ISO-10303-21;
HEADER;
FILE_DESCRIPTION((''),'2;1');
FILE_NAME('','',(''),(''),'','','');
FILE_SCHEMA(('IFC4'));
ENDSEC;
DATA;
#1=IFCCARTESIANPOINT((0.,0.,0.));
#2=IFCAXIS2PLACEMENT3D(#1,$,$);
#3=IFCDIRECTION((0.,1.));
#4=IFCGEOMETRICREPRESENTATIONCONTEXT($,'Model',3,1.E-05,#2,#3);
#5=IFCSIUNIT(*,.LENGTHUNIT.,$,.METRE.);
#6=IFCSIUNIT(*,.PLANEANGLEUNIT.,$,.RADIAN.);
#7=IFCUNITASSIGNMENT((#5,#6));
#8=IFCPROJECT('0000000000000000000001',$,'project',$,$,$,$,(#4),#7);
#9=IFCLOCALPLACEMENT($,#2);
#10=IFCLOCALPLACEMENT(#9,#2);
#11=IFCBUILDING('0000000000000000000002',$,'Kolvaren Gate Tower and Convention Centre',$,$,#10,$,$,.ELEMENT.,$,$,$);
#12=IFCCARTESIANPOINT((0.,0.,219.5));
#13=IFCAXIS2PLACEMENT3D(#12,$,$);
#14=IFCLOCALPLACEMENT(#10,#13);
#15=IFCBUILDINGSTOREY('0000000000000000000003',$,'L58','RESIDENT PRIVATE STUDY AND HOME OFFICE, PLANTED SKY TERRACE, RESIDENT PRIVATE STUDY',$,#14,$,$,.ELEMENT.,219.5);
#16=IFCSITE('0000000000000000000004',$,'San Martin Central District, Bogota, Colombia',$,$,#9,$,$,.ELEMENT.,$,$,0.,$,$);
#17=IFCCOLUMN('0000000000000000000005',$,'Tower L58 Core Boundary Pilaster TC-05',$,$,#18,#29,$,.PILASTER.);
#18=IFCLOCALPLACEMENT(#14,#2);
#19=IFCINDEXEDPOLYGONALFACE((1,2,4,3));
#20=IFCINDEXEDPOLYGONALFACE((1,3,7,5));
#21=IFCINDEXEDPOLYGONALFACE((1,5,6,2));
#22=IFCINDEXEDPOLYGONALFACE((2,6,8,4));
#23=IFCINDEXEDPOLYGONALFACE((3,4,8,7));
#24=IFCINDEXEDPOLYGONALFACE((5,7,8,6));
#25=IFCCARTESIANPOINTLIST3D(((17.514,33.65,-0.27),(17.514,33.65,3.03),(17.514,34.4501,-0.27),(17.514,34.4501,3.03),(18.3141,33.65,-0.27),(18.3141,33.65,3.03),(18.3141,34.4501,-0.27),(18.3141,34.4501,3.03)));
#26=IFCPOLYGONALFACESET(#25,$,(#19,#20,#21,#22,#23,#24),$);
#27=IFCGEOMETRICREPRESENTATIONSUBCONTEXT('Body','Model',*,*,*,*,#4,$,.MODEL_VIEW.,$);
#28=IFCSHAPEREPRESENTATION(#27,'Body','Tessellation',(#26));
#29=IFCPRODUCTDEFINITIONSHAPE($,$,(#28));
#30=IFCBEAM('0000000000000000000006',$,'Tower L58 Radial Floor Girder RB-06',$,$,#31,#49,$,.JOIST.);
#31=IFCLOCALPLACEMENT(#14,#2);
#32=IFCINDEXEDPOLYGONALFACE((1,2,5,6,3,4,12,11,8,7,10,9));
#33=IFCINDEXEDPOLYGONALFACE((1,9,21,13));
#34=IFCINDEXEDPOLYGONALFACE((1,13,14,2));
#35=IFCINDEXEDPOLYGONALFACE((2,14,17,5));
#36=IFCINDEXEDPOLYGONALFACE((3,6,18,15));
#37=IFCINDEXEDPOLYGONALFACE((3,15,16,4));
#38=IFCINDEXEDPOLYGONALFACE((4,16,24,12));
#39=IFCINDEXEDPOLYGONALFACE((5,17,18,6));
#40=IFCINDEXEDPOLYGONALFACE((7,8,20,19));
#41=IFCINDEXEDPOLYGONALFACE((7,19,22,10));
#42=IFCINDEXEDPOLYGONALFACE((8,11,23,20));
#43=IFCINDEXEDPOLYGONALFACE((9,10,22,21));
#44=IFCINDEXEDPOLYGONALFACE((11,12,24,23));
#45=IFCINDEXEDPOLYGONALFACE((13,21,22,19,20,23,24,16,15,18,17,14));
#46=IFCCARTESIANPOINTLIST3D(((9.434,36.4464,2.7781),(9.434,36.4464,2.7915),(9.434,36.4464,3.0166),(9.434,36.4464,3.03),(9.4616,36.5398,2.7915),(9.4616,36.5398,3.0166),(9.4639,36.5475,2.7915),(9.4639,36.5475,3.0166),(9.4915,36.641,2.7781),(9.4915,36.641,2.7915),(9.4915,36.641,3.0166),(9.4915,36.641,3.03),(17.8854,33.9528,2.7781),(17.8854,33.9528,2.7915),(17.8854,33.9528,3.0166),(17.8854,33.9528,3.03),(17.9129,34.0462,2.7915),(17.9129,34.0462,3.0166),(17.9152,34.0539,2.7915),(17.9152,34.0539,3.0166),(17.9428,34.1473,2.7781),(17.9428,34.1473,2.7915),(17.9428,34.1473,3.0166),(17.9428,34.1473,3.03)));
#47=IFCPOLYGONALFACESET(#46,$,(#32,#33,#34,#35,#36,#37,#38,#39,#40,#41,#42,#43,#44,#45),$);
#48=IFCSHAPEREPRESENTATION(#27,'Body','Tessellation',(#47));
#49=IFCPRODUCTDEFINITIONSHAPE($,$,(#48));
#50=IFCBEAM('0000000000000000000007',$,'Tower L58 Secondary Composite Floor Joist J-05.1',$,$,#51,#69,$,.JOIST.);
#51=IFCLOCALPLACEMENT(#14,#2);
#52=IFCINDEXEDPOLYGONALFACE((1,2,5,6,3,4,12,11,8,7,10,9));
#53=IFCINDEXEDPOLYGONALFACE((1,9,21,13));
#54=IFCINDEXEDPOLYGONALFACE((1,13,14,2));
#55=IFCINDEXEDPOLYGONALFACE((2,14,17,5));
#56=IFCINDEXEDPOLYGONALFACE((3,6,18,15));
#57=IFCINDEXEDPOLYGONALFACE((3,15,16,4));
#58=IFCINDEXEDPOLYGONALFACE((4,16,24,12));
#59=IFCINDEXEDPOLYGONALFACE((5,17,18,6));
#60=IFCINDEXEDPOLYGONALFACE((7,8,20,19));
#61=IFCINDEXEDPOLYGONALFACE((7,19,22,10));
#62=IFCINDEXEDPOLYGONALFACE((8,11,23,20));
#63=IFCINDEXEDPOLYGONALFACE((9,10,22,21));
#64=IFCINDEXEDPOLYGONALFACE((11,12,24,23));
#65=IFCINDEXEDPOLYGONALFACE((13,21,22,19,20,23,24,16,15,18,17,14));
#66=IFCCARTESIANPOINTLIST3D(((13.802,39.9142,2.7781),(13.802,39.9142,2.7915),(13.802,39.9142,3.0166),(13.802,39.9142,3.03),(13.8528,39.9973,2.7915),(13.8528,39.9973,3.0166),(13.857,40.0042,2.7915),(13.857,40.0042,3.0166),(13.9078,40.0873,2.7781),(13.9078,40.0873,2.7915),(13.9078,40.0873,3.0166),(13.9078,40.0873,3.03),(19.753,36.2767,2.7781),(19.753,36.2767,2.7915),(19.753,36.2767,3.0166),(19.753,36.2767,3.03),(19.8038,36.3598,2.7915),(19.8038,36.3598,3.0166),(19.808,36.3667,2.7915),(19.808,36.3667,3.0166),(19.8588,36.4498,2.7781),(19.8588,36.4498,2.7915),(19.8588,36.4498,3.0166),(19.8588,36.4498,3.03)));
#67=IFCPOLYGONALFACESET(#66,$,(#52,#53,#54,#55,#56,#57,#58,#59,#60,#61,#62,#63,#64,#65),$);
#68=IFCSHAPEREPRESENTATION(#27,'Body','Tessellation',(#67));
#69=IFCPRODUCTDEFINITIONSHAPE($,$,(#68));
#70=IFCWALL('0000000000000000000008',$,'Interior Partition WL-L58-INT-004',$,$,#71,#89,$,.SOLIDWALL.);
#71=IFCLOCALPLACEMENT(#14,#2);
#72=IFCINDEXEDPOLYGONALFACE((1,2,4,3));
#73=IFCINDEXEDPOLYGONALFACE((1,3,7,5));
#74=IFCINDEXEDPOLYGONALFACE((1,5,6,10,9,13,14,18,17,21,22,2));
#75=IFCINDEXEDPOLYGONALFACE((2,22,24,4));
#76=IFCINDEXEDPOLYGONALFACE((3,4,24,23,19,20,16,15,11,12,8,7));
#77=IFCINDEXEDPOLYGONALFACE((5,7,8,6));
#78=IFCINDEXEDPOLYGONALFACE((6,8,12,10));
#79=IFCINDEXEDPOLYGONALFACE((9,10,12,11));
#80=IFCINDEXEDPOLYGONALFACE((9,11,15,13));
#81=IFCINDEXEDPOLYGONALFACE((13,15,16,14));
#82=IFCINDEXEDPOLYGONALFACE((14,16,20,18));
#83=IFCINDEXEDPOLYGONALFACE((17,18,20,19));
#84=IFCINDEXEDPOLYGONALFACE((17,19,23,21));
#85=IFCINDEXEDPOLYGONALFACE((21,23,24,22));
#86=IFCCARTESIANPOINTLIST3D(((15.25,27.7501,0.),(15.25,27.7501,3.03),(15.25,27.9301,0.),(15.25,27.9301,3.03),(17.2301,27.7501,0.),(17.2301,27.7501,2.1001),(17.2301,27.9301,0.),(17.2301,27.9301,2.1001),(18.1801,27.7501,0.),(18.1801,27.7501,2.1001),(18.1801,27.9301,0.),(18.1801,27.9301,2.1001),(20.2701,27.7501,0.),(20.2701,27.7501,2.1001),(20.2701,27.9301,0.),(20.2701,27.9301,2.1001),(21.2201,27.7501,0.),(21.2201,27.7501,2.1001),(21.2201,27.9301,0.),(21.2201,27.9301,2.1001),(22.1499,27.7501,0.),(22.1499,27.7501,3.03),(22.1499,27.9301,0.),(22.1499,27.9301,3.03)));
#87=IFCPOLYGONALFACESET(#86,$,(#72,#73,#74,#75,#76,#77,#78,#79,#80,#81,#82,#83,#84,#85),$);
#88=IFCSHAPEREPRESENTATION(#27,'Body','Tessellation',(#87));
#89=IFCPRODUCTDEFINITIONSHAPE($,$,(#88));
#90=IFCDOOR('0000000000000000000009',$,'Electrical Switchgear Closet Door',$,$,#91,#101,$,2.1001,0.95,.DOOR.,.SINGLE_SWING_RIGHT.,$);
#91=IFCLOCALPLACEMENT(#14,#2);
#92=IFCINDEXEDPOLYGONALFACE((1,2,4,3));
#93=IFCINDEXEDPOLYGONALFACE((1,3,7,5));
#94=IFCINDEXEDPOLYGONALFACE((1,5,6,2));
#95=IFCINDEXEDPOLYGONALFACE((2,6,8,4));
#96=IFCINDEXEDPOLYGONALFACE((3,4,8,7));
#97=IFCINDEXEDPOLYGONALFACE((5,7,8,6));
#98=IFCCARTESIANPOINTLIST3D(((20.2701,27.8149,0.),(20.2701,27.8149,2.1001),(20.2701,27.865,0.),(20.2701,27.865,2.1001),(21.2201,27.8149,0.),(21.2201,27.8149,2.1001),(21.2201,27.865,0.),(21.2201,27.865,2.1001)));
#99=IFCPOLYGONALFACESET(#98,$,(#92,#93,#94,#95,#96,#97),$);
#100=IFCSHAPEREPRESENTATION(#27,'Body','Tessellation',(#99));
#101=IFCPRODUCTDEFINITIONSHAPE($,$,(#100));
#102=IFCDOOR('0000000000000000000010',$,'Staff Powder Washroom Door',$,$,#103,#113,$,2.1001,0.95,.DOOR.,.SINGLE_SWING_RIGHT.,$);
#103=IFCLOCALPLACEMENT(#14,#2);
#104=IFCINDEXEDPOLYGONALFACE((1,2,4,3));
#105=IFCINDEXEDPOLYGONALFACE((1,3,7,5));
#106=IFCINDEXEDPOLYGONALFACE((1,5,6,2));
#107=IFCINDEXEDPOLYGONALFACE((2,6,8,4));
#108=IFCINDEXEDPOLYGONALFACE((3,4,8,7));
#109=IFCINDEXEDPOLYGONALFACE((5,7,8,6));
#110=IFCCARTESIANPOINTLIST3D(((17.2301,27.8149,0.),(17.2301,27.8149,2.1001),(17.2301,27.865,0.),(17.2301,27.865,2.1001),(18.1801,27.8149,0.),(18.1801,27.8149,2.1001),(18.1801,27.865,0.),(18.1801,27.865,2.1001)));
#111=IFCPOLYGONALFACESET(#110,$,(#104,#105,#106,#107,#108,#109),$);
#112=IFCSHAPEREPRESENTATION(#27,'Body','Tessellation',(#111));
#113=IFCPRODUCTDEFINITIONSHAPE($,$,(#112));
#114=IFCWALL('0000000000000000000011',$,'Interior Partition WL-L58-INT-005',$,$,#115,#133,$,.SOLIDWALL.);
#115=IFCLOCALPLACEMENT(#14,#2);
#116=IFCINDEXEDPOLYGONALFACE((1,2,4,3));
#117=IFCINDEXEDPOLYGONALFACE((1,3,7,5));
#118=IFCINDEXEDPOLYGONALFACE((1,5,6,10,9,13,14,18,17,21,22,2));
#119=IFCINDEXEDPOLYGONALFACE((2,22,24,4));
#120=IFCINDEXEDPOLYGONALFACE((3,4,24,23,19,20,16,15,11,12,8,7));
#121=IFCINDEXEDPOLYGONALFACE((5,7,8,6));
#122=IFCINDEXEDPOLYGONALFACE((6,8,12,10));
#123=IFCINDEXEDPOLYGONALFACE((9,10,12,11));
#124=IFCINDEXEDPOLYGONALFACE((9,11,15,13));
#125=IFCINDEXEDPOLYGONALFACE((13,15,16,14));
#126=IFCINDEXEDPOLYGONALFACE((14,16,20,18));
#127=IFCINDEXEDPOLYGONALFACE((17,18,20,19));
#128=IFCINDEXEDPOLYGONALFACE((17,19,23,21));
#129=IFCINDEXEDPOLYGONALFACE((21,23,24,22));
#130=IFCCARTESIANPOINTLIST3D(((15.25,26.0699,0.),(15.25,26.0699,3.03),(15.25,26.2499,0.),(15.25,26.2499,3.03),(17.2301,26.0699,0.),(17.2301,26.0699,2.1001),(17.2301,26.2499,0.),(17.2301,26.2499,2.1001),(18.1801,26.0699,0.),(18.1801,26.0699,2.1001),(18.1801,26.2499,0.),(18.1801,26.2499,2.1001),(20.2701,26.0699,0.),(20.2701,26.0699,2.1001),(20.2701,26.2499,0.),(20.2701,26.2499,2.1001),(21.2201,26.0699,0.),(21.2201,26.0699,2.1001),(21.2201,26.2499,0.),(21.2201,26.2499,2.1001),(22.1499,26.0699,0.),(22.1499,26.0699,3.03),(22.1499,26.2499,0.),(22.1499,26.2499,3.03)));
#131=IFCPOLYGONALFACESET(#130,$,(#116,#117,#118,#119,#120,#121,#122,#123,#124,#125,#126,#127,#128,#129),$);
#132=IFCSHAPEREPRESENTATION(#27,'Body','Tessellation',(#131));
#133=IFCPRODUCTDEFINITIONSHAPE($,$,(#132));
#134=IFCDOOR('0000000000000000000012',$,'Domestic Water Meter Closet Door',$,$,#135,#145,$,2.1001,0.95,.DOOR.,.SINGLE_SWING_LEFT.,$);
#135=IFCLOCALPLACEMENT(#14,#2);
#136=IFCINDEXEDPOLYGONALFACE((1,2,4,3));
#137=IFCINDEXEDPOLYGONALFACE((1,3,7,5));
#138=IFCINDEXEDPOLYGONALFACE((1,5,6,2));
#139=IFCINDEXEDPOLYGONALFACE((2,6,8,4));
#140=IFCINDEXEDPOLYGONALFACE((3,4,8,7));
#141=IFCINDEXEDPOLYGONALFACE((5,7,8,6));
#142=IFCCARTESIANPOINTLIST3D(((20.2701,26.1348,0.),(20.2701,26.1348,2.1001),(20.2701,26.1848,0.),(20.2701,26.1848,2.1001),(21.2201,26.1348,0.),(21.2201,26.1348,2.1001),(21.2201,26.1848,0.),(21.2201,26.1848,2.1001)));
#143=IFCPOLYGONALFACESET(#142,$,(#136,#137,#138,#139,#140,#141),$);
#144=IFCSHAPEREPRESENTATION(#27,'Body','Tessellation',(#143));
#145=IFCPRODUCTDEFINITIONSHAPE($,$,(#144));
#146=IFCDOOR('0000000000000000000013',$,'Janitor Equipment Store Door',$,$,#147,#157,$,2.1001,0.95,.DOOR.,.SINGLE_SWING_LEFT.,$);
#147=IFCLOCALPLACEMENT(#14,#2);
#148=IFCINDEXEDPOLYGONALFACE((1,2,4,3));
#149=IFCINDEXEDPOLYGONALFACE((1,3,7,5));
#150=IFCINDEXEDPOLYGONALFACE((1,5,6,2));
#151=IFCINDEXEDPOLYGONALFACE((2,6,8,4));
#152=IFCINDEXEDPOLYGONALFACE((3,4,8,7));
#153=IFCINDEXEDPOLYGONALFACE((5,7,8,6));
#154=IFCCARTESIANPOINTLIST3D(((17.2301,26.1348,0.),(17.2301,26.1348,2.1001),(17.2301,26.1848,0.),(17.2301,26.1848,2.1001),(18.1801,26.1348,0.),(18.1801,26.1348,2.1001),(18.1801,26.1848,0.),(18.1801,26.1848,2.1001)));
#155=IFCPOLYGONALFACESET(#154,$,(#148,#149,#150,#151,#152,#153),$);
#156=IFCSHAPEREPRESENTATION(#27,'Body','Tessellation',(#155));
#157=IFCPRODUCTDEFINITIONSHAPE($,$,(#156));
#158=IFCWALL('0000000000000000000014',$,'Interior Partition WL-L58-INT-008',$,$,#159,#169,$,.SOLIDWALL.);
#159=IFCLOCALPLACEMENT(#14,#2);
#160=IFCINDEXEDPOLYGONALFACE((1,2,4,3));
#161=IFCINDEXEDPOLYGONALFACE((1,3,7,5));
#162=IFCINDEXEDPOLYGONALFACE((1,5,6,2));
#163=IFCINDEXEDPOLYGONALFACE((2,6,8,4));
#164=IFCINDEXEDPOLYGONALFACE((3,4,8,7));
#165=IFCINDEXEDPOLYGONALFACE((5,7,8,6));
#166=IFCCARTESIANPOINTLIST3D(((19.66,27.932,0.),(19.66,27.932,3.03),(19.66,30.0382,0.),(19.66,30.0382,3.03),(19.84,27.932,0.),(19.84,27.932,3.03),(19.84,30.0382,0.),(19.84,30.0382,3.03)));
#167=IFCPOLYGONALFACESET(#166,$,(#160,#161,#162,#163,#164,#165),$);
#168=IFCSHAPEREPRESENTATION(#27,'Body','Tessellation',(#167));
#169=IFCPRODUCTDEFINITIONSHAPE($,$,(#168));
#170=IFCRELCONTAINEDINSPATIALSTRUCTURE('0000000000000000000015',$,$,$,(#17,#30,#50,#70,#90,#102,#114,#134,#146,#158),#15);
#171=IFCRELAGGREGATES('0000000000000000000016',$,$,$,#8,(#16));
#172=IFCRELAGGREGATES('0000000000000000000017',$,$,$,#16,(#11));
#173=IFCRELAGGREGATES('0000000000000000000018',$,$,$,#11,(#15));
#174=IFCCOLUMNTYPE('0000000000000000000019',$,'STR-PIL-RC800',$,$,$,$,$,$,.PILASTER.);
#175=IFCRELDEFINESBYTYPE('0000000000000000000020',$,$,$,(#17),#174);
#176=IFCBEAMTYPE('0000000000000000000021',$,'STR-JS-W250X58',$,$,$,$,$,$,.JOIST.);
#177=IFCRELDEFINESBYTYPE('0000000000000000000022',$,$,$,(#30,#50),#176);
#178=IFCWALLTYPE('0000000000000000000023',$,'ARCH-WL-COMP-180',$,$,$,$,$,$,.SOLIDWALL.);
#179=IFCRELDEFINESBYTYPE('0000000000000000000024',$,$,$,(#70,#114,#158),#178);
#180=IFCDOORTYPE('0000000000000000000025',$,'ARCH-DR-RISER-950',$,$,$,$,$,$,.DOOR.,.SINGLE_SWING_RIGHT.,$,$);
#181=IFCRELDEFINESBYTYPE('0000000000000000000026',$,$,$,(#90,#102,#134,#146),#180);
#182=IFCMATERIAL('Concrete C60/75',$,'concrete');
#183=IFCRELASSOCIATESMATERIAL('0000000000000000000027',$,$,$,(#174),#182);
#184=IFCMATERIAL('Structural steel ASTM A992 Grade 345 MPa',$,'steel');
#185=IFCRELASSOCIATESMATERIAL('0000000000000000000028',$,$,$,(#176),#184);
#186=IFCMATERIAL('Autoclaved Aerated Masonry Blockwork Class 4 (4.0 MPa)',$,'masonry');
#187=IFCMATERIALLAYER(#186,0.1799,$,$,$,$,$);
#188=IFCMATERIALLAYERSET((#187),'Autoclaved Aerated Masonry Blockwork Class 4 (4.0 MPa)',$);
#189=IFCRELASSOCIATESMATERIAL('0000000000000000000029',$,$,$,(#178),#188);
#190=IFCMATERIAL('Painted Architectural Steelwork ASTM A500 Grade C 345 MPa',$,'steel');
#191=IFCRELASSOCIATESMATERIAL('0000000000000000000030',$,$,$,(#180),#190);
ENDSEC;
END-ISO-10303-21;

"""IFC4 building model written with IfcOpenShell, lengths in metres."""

from ifc_helpers import new_model, si_unit, direction, frame, frame_2d, origin, origin_2d, place, context, subcontext, project, spatial, rectangle, i_section, extrude, material, layer, layer_set, material_profile, profile_set, type_object, element, fill, save


model = new_model("IFC4")

# Units and contexts
model_context = context("Model", 3, precision=1e-05, world=origin(), true_north=direction((0.0, 1.0)))
body_context = subcontext(model_context, "Body", "Model", "MODEL_VIEW")
ifc_project = project(units=[si_unit("LENGTHUNIT", "METRE"), si_unit("PLANEANGLEUNIT", "RADIAN")], contexts=[model_context])

# Site, building, storey
site_placement = place(None, origin())
site = spatial("IfcSite", under=ifc_project, at=site_placement, Name="San Martin Central District, Bogota, Colombia", CompositionType="ELEMENT", RefElevation=0.0)
building_placement = place(site_placement, origin())
building = spatial("IfcBuilding", under=site, at=building_placement, Name="Kolvaren Gate Tower and Convention Centre", CompositionType="ELEMENT")
storey_placement = place(building_placement, frame((0.0, 0.0, 219.5)))
storey = spatial("IfcBuildingStorey", under=building, at=storey_placement, Name="L58", Description="RESIDENT PRIVATE STUDY AND HOME OFFICE, PLANTED SKY TERRACE, RESIDENT PRIVATE STUDY", CompositionType="ELEMENT", Elevation=219.5)

# Column
ifc_material_1 = material(Name="Concrete C60/75", Category="concrete")
ifc_material_profile_1 = material_profile(ifc_material_1, rectangle(XDim=0.8, YDim=0.8, at=origin_2d()), Name="RC-COL-800X800")
ifc_profile_set_1 = profile_set([ifc_material_profile_1], Name="Concrete C60/75")
column_type = type_object("IfcColumnType", Name="STR-PIL-RC800", PredefinedType="PILASTER", material=ifc_profile_set_1)
column_placement = place(storey_placement, frame((17.9141, 34.05, -0.27), z_axis=(0.0, 0.0, 1.0), x_axis=(1.0, 0.0, 0.0)))
element("IfcColumn", 1, at=column_placement, inside=storey, type_object=column_type, Name="Tower L58 Core Boundary Pilaster TC-05", PredefinedType="PILASTER", context=body_context, shape_type="SweptSolid", body=[
    extrude(rectangle(XDim=0.8, YDim=0.8, at=origin_2d()), origin(), (0.0, 0.0, 1.0), 3.3),
])

# Beams
ifc_material_2 = material(Name="Structural steel ASTM A992 Grade 345 MPa", Category="steel")
ifc_material_profile_2 = material_profile(ifc_material_2, i_section(OverallWidth=0.2029, OverallDepth=0.252, WebThickness=0.0081, FlangeThickness=0.0134, at=origin_2d()), Name="W250X58")
ifc_profile_set_2 = profile_set([ifc_material_profile_2], Name="Structural steel ASTM A992 Grade 345 MPa")
beam_type = type_object("IfcBeamType", Name="STR-JS-W250X58", PredefinedType="JOIST", material=ifc_profile_set_2)
beam_1_placement = place(storey_placement, frame((17.9141, 34.05, 2.9041), z_axis=(-0.959121, 0.282996, 0.0), x_axis=(-0.282996, -0.959121, 0.0)))
element("IfcBeam", 2, at=beam_1_placement, inside=storey, type_object=beam_type, Name="Tower L58 Radial Floor Girder RB-06", PredefinedType="JOIST", context=body_context, shape_type="SweptSolid", body=[
    extrude(i_section(OverallWidth=0.2029, OverallDepth=0.252, WebThickness=0.0081, FlangeThickness=0.0134, at=origin_2d()), origin(), (0.0, 0.0, 1.0), 8.8115),
])
beam_2_placement = place(storey_placement, frame((19.8059, 36.3633, 2.9041), z_axis=(-0.853233, 0.521531, 0.0), x_axis=(-0.521531, -0.853233, 0.0)))
element("IfcBeam", 3, at=beam_2_placement, inside=storey, type_object=beam_type, Name="Tower L58 Secondary Composite Floor Joist J-05.1", PredefinedType="JOIST", context=body_context, shape_type="SweptSolid", body=[
    extrude(i_section(OverallWidth=0.2029, OverallDepth=0.252, WebThickness=0.0081, FlangeThickness=0.0134, at=origin_2d()), origin(), (0.0, 0.0, 1.0), 6.9746),
])

# Walls, openings, doors
ifc_material_3 = material(Name="Autoclaved Aerated Masonry Blockwork Class 4 (4.0 MPa)", Category="masonry")
ifc_layer_1 = layer(ifc_material_3, 0.1799)
ifc_layer_set_1 = layer_set([ifc_layer_1], Name="Autoclaved Aerated Masonry Blockwork Class 4 (4.0 MPa)")
wall_type_1 = type_object("IfcWallType", Name="ARCH-WL-COMP-180", PredefinedType="SOLIDWALL", material=ifc_layer_set_1)
wall_1_placement = place(storey_placement, frame((15.25, 27.8401, 0.0), z_axis=(0.0, 0.0, 1.0), x_axis=(1.0, 0.0, 0.0)))
wall_1 = element("IfcWall", 4, at=wall_1_placement, inside=storey, type_object=wall_type_1, Name="Interior Partition WL-L58-INT-004", PredefinedType="SOLIDWALL", context=body_context, shape_type="SweptSolid", body=[
    extrude(rectangle(XDim=6.8999, YDim=0.1799, at=frame_2d((3.45, 0.0))), origin(), (0.0, 0.0, 1.0), 3.03),
])
opening_1_placement = place(wall_1_placement, frame((5.02, 0.0, 0.0)))
opening_1 = element("IfcOpeningElement", 5, at=opening_1_placement, cuts=wall_1, PredefinedType="OPENING", context=body_context, shape_type="SweptSolid", body=[
    extrude(rectangle(XDim=0.95, YDim=2.1001, at=frame_2d((0.4751, 1.05))), frame((0.0, 0.0999, 0.0), z_axis=(0.0, -1.0, 0.0), x_axis=(1.0, 0.0, 0.0)), (0.0, 0.0, 1.0), 0.2),
])
opening_2_placement = place(wall_1_placement, frame((1.98, 0.0, 0.0)))
opening_2 = element("IfcOpeningElement", 6, at=opening_2_placement, cuts=wall_1, PredefinedType="OPENING", context=body_context, shape_type="SweptSolid", body=[
    extrude(rectangle(XDim=0.95, YDim=2.1001, at=frame_2d((0.4751, 1.05))), frame((0.0, 0.0999, 0.0), z_axis=(0.0, -1.0, 0.0), x_axis=(1.0, 0.0, 0.0)), (0.0, 0.0, 1.0), 0.2),
])
ifc_material_4 = material(Name="Painted Architectural Steelwork ASTM A500 Grade C 345 MPa", Category="steel")
door_type = type_object("IfcDoorType", Name="ARCH-DR-RISER-950", OperationType="SINGLE_SWING_RIGHT", PredefinedType="DOOR", material=ifc_material_4)
door_1_placement = place(opening_1_placement, origin())
door_1 = element("IfcDoor", 7, at=door_1_placement, inside=storey, type_object=door_type, Name="Electrical Switchgear Closet Door", OperationType="SINGLE_SWING_RIGHT", OverallHeight=2.1001, OverallWidth=0.95, PredefinedType="DOOR", context=body_context, shape_type="SweptSolid", body=[
    extrude(rectangle(XDim=0.95, YDim=2.1001, at=frame_2d((0.4751, 1.05))), frame((0.0, 0.0249, 0.0), z_axis=(0.0, -1.0, 0.0), x_axis=(1.0, 0.0, 0.0)), (0.0, 0.0, 1.0), 0.05),
])
fill(opening_1, door_1)
door_2_placement = place(opening_2_placement, origin())
door_2 = element("IfcDoor", 8, at=door_2_placement, inside=storey, type_object=door_type, Name="Staff Powder Washroom Door", OperationType="SINGLE_SWING_RIGHT", OverallHeight=2.1001, OverallWidth=0.95, PredefinedType="DOOR", context=body_context, shape_type="SweptSolid", body=[
    extrude(rectangle(XDim=0.95, YDim=2.1001, at=frame_2d((0.4751, 1.05))), frame((0.0, 0.0249, 0.0), z_axis=(0.0, -1.0, 0.0), x_axis=(1.0, 0.0, 0.0)), (0.0, 0.0, 1.0), 0.05),
])
fill(opening_2, door_2)
wall_2_placement = place(storey_placement, frame((15.25, 26.1599, 0.0), z_axis=(0.0, 0.0, 1.0), x_axis=(1.0, 0.0, 0.0)))
wall_2 = element("IfcWall", 9, at=wall_2_placement, inside=storey, type_object=wall_type_1, Name="Interior Partition WL-L58-INT-005", PredefinedType="SOLIDWALL", context=body_context, shape_type="SweptSolid", body=[
    extrude(rectangle(XDim=6.8999, YDim=0.1799, at=frame_2d((3.45, 0.0))), origin(), (0.0, 0.0, 1.0), 3.03),
])
opening_3_placement = place(wall_2_placement, frame((5.02, 0.0, 0.0)))
opening_3 = element("IfcOpeningElement", 10, at=opening_3_placement, cuts=wall_2, PredefinedType="OPENING", context=body_context, shape_type="SweptSolid", body=[
    extrude(rectangle(XDim=0.95, YDim=2.1001, at=frame_2d((0.4751, 1.05))), frame((0.0, 0.0999, 0.0), z_axis=(0.0, -1.0, 0.0), x_axis=(1.0, 0.0, 0.0)), (0.0, 0.0, 1.0), 0.2),
])
opening_4_placement = place(wall_2_placement, frame((1.98, 0.0, 0.0)))
opening_4 = element("IfcOpeningElement", 11, at=opening_4_placement, cuts=wall_2, PredefinedType="OPENING", context=body_context, shape_type="SweptSolid", body=[
    extrude(rectangle(XDim=0.95, YDim=2.1001, at=frame_2d((0.4751, 1.05))), frame((0.0, 0.0999, 0.0), z_axis=(0.0, -1.0, 0.0), x_axis=(1.0, 0.0, 0.0)), (0.0, 0.0, 1.0), 0.2),
])
door_3_placement = place(opening_3_placement, origin())
door_3 = element("IfcDoor", 12, at=door_3_placement, inside=storey, type_object=door_type, Name="Domestic Water Meter Closet Door", OperationType="SINGLE_SWING_LEFT", OverallHeight=2.1001, OverallWidth=0.95, PredefinedType="DOOR", context=body_context, shape_type="SweptSolid", body=[
    extrude(rectangle(XDim=0.95, YDim=2.1001, at=frame_2d((0.4751, 1.05))), frame((0.0, 0.0249, 0.0), z_axis=(0.0, -1.0, 0.0), x_axis=(1.0, 0.0, 0.0)), (0.0, 0.0, 1.0), 0.05),
])
fill(opening_3, door_3)
door_4_placement = place(opening_4_placement, origin())
door_4 = element("IfcDoor", 13, at=door_4_placement, inside=storey, type_object=door_type, Name="Janitor Equipment Store Door", OperationType="SINGLE_SWING_LEFT", OverallHeight=2.1001, OverallWidth=0.95, PredefinedType="DOOR", context=body_context, shape_type="SweptSolid", body=[
    extrude(rectangle(XDim=0.95, YDim=2.1001, at=frame_2d((0.4751, 1.05))), frame((0.0, 0.0249, 0.0), z_axis=(0.0, -1.0, 0.0), x_axis=(1.0, 0.0, 0.0)), (0.0, 0.0, 1.0), 0.05),
])
fill(opening_4, door_4)

# Wall
wall_3_placement = place(storey_placement, frame((19.75, 27.9319, 0.0), z_axis=(0.0, 0.0, 1.0), x_axis=(0.0, 1.0, 0.0)))
element("IfcWall", 14, at=wall_3_placement, inside=storey, type_object=wall_type_1, Name="Interior Partition WL-L58-INT-008", PredefinedType="SOLIDWALL", context=body_context, shape_type="SweptSolid", body=[
    extrude(rectangle(XDim=2.1062, YDim=0.1799, at=frame_2d((1.0532, 0.0))), origin(), (0.0, 0.0, 1.0), 3.03),
])

save(model, "model.ifc")
